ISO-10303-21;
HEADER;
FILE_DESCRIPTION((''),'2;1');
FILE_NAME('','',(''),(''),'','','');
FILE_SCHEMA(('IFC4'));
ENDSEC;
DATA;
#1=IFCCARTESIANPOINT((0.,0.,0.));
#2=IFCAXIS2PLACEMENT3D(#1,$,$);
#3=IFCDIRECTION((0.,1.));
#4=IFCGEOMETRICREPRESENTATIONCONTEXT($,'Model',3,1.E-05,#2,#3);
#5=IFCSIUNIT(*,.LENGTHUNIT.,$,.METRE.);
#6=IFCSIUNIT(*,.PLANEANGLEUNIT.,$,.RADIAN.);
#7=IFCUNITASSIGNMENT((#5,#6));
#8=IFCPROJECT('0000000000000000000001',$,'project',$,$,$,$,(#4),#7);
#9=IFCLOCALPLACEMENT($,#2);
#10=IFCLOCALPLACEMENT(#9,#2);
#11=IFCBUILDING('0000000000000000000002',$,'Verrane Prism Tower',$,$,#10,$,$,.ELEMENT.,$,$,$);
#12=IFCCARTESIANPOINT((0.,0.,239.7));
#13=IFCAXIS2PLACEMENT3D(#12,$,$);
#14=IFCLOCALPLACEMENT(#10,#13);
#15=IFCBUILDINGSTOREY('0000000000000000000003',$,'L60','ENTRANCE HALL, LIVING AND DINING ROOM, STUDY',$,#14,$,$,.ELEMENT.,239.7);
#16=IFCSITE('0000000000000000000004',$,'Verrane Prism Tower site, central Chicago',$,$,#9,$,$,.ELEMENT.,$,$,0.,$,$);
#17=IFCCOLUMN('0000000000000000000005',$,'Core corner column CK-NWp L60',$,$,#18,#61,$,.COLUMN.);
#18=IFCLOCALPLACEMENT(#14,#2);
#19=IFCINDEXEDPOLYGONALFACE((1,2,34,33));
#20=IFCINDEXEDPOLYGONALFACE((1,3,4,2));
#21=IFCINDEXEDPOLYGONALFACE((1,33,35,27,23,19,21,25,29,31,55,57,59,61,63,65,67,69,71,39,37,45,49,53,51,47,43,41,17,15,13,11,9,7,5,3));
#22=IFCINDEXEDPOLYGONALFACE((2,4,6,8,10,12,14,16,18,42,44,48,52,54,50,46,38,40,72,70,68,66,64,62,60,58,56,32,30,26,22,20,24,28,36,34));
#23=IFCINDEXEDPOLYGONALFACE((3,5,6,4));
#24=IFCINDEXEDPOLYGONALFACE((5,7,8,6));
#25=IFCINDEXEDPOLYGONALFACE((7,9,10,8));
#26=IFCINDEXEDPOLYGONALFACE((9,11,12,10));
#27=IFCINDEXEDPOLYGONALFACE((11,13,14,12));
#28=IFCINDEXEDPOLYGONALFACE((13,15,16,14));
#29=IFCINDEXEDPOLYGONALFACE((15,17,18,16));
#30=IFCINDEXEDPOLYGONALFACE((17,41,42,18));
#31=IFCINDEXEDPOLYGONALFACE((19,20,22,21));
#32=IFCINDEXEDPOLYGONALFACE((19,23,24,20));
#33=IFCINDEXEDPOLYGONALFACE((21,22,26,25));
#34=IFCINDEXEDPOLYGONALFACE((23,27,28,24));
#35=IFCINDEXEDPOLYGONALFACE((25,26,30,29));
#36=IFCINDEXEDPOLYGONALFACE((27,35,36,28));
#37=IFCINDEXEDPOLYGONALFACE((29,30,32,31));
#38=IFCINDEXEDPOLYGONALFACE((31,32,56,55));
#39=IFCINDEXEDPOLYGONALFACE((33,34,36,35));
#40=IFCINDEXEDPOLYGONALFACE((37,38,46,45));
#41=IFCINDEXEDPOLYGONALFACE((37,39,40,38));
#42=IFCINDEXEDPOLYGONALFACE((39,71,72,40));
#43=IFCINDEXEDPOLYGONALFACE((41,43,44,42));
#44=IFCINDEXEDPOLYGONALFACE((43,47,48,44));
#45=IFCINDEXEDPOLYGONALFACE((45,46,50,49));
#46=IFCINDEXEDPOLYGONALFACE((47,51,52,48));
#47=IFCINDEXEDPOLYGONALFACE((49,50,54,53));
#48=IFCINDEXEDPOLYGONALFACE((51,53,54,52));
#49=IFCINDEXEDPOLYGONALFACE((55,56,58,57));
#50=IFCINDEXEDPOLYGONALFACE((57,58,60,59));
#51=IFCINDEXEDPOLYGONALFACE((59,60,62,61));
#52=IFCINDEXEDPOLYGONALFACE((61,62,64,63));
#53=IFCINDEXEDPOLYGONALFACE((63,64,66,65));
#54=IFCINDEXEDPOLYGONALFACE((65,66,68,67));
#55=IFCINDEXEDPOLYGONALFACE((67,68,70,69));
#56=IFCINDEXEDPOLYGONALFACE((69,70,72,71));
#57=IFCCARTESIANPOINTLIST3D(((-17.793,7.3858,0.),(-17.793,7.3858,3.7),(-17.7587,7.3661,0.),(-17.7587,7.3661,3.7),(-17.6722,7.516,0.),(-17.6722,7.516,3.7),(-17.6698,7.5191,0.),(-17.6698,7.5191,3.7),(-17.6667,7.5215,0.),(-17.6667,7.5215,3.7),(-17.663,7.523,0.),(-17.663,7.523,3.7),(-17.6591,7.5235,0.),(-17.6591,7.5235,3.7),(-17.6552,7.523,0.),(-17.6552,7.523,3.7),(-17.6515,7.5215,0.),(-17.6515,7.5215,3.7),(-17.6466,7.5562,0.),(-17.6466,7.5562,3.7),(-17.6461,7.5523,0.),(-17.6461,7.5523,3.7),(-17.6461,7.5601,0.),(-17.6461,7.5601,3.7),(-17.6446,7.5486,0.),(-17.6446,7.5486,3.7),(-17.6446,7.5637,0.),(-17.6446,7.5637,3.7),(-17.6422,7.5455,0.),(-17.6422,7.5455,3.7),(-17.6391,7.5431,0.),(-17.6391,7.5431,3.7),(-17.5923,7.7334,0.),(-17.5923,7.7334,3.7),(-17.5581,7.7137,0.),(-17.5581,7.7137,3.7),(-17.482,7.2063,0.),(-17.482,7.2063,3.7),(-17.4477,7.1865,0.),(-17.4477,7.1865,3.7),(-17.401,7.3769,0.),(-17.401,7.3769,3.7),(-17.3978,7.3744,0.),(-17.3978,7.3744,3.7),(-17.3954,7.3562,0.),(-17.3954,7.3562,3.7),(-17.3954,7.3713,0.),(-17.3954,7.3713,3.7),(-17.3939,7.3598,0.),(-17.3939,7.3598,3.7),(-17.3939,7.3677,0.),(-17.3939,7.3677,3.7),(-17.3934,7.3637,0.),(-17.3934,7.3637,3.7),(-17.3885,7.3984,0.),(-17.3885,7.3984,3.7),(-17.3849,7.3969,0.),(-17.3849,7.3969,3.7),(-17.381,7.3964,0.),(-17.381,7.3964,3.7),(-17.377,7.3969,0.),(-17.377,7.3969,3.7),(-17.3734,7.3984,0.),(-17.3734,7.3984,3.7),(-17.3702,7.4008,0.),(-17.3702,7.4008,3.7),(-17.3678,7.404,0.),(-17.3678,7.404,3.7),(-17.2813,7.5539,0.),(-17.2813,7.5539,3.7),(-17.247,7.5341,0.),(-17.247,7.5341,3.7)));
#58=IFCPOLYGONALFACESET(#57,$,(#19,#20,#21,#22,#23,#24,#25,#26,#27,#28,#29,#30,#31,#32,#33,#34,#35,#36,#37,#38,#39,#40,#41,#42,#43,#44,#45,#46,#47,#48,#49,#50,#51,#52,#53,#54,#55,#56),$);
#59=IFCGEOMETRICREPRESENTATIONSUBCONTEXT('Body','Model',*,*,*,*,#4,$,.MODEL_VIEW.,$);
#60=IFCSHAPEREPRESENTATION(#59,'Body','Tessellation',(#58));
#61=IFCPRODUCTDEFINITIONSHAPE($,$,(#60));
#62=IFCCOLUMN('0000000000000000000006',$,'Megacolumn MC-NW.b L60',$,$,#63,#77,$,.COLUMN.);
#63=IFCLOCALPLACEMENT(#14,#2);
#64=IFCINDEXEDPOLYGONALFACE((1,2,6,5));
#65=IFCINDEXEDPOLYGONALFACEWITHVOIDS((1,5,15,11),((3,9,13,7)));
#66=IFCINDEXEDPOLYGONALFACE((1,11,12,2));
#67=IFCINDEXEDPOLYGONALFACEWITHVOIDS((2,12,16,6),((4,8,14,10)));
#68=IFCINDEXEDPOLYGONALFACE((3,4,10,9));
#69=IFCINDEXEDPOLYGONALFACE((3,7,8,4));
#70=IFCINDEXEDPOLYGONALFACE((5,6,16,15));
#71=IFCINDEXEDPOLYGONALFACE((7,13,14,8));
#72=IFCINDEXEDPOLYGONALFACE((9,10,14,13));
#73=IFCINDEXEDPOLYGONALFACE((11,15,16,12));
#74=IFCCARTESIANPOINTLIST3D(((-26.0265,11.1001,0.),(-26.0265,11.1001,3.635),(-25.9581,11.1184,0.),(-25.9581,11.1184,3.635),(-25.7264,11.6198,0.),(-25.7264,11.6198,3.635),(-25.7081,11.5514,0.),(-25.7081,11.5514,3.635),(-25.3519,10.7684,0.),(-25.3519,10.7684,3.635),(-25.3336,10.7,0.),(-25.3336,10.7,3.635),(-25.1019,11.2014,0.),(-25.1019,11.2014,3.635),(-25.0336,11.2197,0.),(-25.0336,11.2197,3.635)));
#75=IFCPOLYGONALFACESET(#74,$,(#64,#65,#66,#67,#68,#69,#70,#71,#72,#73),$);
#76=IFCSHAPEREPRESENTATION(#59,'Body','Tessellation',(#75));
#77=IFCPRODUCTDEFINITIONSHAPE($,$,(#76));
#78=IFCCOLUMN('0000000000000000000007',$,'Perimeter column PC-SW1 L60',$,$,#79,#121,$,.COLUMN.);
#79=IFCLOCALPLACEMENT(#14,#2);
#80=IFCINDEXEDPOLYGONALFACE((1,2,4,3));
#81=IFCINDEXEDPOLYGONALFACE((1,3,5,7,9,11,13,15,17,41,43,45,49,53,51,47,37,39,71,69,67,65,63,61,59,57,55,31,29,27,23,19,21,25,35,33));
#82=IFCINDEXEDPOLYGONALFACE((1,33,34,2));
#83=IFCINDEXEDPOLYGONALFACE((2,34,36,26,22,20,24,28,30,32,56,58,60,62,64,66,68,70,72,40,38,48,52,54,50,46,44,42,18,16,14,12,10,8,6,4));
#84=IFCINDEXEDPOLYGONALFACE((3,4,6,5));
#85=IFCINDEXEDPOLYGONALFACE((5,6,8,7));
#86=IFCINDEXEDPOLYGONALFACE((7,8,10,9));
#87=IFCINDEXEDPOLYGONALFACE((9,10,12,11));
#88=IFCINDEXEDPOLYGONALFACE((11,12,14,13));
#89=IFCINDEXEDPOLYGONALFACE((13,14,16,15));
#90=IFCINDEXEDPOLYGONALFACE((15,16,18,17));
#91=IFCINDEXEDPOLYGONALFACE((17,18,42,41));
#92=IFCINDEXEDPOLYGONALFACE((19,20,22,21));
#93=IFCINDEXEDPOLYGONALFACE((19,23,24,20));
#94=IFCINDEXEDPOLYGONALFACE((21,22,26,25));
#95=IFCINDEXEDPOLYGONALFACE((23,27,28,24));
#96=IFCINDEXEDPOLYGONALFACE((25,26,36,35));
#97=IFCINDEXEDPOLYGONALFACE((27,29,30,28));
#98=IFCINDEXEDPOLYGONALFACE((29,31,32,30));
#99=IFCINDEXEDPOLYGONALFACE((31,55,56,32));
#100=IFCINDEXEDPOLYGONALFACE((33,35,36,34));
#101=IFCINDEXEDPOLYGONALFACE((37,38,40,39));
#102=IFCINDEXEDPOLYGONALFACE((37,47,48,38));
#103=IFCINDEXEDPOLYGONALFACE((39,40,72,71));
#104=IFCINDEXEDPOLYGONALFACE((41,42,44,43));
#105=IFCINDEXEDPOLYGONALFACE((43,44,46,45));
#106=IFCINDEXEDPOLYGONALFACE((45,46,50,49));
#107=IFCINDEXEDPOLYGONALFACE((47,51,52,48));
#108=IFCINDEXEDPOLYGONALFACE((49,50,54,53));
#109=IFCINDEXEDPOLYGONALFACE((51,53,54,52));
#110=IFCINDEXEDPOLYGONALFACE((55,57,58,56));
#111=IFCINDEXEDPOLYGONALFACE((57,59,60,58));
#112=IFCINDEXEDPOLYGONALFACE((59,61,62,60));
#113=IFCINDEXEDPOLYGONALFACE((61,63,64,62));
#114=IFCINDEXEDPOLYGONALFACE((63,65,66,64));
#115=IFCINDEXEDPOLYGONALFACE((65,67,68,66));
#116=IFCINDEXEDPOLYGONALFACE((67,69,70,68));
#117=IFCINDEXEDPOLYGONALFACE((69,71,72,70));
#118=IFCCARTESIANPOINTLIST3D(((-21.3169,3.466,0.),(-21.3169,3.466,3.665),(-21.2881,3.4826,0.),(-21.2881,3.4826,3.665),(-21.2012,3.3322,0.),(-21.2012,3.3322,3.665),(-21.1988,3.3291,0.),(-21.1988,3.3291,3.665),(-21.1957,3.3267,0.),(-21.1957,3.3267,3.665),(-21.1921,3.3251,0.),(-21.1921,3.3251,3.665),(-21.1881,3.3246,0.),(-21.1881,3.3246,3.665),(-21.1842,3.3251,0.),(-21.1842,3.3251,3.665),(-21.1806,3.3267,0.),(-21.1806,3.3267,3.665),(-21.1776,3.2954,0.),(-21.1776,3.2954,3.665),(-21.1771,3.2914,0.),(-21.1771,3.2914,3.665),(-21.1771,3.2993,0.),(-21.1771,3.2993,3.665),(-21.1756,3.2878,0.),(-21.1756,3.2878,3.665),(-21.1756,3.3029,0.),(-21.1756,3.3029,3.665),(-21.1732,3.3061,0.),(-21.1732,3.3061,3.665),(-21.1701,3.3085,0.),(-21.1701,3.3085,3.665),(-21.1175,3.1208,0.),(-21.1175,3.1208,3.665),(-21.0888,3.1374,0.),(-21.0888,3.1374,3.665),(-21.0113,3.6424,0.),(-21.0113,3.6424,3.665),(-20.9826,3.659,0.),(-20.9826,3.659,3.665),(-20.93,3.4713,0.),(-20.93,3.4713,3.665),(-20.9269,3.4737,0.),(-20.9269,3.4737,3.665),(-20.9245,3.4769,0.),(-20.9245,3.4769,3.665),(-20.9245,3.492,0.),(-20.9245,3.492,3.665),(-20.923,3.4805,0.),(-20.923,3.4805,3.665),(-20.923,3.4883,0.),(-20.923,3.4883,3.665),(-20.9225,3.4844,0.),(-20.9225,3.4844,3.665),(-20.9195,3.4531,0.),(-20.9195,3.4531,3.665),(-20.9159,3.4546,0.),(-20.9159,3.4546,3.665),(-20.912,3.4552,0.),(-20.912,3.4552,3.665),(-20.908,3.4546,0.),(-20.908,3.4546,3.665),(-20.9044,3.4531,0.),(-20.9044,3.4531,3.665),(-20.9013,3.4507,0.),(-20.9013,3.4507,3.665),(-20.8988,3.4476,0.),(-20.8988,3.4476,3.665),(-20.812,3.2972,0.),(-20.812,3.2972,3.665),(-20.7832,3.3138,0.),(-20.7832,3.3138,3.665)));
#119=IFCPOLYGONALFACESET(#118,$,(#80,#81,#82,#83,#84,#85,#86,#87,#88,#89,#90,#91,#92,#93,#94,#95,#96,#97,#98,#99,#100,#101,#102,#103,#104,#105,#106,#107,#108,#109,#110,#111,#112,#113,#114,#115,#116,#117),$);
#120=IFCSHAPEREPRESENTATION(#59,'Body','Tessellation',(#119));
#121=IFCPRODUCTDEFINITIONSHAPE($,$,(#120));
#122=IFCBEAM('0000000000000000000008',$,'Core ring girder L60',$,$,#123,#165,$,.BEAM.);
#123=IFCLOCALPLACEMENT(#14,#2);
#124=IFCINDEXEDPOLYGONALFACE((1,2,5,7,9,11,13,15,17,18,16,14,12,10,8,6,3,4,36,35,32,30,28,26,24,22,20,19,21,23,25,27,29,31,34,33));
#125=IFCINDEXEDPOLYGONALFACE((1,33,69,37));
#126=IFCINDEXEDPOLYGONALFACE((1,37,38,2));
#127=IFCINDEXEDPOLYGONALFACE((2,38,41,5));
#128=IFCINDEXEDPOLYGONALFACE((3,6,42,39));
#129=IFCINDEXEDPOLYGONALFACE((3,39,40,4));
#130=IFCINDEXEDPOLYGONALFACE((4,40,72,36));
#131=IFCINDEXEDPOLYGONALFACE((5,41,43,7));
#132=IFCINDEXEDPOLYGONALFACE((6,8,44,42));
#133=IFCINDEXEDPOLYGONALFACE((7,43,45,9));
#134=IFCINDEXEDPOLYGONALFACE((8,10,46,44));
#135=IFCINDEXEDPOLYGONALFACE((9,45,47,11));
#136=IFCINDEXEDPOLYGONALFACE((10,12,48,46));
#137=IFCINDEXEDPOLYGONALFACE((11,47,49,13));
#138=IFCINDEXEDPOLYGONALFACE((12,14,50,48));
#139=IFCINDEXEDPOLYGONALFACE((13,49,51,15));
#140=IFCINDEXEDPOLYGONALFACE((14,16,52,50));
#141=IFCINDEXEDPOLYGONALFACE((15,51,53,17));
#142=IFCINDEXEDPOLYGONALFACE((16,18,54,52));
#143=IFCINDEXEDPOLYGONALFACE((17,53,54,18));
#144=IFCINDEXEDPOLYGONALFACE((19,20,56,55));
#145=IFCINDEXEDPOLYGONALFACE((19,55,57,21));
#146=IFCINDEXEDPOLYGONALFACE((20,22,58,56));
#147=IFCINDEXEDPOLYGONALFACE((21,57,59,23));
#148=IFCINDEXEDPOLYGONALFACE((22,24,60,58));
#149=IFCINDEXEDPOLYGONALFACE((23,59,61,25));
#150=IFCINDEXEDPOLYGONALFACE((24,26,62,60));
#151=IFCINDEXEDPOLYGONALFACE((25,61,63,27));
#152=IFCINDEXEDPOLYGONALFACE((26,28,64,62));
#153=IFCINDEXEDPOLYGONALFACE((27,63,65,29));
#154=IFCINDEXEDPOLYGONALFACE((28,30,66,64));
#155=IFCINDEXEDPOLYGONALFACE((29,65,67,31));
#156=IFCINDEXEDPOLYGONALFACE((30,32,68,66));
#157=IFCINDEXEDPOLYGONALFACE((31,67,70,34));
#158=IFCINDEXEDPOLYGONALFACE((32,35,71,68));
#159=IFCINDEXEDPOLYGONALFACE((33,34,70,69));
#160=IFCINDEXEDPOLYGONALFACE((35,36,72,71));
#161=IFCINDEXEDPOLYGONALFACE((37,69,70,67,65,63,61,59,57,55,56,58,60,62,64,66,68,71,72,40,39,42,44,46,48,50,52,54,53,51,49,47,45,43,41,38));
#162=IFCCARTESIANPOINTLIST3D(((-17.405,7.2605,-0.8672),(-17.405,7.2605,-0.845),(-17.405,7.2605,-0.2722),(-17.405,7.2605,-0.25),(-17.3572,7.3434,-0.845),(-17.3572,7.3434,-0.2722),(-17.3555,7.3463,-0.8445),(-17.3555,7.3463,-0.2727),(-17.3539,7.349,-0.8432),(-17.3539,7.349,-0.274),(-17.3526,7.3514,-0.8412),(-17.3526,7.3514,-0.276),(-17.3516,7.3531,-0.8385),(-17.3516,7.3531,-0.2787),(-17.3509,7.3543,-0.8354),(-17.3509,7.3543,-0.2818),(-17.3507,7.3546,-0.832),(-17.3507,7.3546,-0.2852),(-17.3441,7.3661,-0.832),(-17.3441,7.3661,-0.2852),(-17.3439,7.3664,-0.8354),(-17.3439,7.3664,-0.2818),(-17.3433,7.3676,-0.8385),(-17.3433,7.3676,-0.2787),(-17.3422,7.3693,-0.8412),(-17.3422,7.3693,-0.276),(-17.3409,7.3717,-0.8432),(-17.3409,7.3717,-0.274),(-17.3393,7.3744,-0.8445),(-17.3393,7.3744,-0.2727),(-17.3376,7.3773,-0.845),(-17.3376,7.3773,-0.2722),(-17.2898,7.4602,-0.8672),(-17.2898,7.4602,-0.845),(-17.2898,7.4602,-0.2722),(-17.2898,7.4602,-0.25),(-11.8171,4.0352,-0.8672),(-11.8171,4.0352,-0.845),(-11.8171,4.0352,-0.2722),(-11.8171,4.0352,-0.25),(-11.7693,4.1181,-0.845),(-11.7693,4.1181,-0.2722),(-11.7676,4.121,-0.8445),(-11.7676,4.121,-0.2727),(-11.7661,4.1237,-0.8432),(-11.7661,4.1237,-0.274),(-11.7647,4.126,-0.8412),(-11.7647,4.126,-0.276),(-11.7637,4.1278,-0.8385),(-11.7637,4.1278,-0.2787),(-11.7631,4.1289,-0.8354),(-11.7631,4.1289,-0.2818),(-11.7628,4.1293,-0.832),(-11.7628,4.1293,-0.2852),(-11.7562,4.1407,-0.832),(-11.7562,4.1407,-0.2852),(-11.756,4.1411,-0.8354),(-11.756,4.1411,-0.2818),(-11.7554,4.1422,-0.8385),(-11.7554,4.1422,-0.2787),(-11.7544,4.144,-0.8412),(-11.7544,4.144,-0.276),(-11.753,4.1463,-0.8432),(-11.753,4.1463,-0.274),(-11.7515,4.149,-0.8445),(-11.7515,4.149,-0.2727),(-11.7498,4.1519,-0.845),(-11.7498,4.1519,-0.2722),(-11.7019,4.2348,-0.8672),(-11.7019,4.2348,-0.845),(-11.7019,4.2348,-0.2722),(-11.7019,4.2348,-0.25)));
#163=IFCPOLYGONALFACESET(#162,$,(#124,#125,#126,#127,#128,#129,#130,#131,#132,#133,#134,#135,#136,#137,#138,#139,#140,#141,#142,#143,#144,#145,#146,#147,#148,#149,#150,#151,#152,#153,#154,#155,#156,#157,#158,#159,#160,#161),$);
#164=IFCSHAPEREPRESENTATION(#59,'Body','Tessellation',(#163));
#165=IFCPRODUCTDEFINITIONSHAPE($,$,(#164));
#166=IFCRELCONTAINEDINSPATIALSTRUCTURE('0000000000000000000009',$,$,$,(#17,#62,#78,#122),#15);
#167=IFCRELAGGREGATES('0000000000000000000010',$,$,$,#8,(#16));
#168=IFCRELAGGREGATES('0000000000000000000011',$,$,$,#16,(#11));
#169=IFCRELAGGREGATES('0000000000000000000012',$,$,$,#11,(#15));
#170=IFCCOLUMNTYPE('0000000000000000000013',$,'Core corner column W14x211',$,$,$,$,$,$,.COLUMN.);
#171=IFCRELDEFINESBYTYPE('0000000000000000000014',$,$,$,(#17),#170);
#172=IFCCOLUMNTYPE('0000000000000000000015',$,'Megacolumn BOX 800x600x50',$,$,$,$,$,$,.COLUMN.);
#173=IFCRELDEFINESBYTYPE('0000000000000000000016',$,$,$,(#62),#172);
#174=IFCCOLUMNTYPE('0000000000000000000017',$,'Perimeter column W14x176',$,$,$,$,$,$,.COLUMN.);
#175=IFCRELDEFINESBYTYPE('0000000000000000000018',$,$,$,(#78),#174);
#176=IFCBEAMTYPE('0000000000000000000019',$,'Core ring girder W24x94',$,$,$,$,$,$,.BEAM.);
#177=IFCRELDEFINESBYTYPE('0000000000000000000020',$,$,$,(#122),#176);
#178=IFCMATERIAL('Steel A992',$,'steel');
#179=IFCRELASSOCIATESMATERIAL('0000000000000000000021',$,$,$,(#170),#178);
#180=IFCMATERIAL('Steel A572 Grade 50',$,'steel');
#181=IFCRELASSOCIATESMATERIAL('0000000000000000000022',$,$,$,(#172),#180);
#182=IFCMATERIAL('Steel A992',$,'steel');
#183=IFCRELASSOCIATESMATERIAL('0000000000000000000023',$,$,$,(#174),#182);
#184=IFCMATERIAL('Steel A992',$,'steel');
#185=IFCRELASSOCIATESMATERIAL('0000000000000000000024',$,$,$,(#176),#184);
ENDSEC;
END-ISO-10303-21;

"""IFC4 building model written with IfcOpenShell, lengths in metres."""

from ifc_helpers import new_model, si_unit, direction, frame, origin, origin_2d, place, context, subcontext, project, spatial, hollow_rectangle, i_section, extrude, material, material_profile, profile_set, type_object, element, save


model = new_model("IFC4")

# Units and contexts
model_context = context("Model", 3, precision=1e-05, world=origin(), true_north=direction((0.0, 1.0)))
body_context = subcontext(model_context, "Body", "Model", "MODEL_VIEW")
ifc_project = project(units=[si_unit("LENGTHUNIT", "METRE"), si_unit("PLANEANGLEUNIT", "RADIAN")], contexts=[model_context])

# Site, building, storey
site_placement = place(None, origin())
site = spatial("IfcSite", under=ifc_project, at=site_placement, Name="Verrane Prism Tower site, central Chicago", CompositionType="ELEMENT", RefElevation=0.0)
building_placement = place(site_placement, origin())
building = spatial("IfcBuilding", under=site, at=building_placement, Name="Verrane Prism Tower", CompositionType="ELEMENT")
storey_placement = place(building_placement, frame((0.0, 0.0, 239.7)))
storey = spatial("IfcBuildingStorey", under=building, at=storey_placement, Name="L60", Description="ENTRANCE HALL, LIVING AND DINING ROOM, STUDY", CompositionType="ELEMENT", Elevation=239.7)

# Columns
ifc_material_1 = material(Name="Steel A992", Category="steel")
ifc_material_profile_1 = material_profile(ifc_material_1, i_section(OverallWidth=0.4014, OverallDepth=0.3987, WebThickness=0.0249, FlangeThickness=0.0396, FilletRadius=0.0151, at=origin_2d()), Name="W14x211")
ifc_profile_set_1 = profile_set([ifc_material_profile_1], Name="Steel A992")
column_type_1 = type_object("IfcColumnType", Name="Core corner column W14x211", PredefinedType="COLUMN", material=ifc_profile_set_1)
column_1_placement = place(storey_placement, frame((-17.52, 7.46, 0.0), z_axis=(0.0, 0.0, 1.0), x_axis=(0.5, 0.866025, 0.0)))
element("IfcColumn", 1, at=column_1_placement, inside=storey, type_object=column_type_1, Name="Core corner column CK-NWp L60", PredefinedType="COLUMN", context=body_context, shape_type="SweptSolid", body=[
    extrude(i_section(OverallWidth=0.4014, OverallDepth=0.3987, WebThickness=0.0249, FlangeThickness=0.0396, FilletRadius=0.0151, at=origin_2d()), origin(), (0.0, 0.0, 1.0), 3.7),
])
ifc_material_2 = material(Name="Steel A572 Grade 50", Category="steel")
ifc_material_profile_2 = material_profile(ifc_material_2, hollow_rectangle(XDim=0.6001, YDim=0.8, WallThickness=0.05, at=origin_2d()), Name="BOX 800x600x50")
ifc_profile_set_2 = profile_set([ifc_material_profile_2], Name="Steel A572 Grade 50")
column_type_2 = type_object("IfcColumnType", Name="Megacolumn BOX 800x600x50", PredefinedType="COLUMN", material=ifc_profile_set_2)
column_2_placement = place(storey_placement, frame((-25.53, 11.1599, 0.0), z_axis=(0.0, 0.0, 1.0), x_axis=(0.5, 0.866025, 0.0)))
element("IfcColumn", 2, at=column_2_placement, inside=storey, type_object=column_type_2, Name="Megacolumn MC-NW.b L60", PredefinedType="COLUMN", context=body_context, shape_type="SweptSolid", body=[
    extrude(hollow_rectangle(XDim=0.6001, YDim=0.8, WallThickness=0.05, at=origin_2d()), origin(), (0.0, 0.0, 1.0), 3.635),
])
ifc_material_3 = material(Name="Steel A992", Category="steel")
ifc_material_profile_3 = material_profile(ifc_material_3, i_section(OverallWidth=0.3987, OverallDepth=0.386, WebThickness=0.021, FlangeThickness=0.0332, FilletRadius=0.0151, at=origin_2d()), Name="W14x176")
ifc_profile_set_3 = profile_set([ifc_material_profile_3], Name="Steel A992")
column_type_3 = type_object("IfcColumnType", Name="Perimeter column W14x176", PredefinedType="COLUMN", material=ifc_profile_set_3)
column_3_placement = place(storey_placement, frame((-21.05, 3.3899, 0.0), z_axis=(0.0, 0.0, 1.0), x_axis=(-0.5, 0.866025, 0.0)))
element("IfcColumn", 3, at=column_3_placement, inside=storey, type_object=column_type_3, Name="Perimeter column PC-SW1 L60", PredefinedType="COLUMN", context=body_context, shape_type="SweptSolid", body=[
    extrude(i_section(OverallWidth=0.3987, OverallDepth=0.386, WebThickness=0.021, FlangeThickness=0.0332, FilletRadius=0.0151, at=origin_2d()), origin(), (0.0, 0.0, 1.0), 3.665),
])

# Beam
ifc_material_4 = material(Name="Steel A992", Category="steel")
ifc_material_profile_4 = material_profile(ifc_material_4, i_section(OverallWidth=0.2305, OverallDepth=0.6172, WebThickness=0.0132, FlangeThickness=0.0222, FilletRadius=0.0129, at=origin_2d()), Name="W24x94")
ifc_profile_set_4 = profile_set([ifc_material_profile_4], Name="Steel A992")
beam_type_1 = type_object("IfcBeamType", Name="Core ring girder W24x94", PredefinedType="BEAM", material=ifc_profile_set_4)
beam_1_placement = place(storey_placement, frame((-17.3474, 7.3604, -0.5586), z_axis=(0.866081, -0.499904, 0.0), x_axis=(0.499904, 0.866081, 0.0)))
element("IfcBeam", 4, at=beam_1_placement, inside=storey, type_object=beam_type_1, Name="Core ring girder L60", PredefinedType="BEAM", context=body_context, shape_type="SweptSolid", body=[
    extrude(i_section(OverallWidth=0.2305, OverallDepth=0.6172, WebThickness=0.0132, FlangeThickness=0.0222, FilletRadius=0.0129, at=origin_2d()), origin(), (0.0, 0.0, 1.0), 6.4519),
])

save(model, "model.ifc")
